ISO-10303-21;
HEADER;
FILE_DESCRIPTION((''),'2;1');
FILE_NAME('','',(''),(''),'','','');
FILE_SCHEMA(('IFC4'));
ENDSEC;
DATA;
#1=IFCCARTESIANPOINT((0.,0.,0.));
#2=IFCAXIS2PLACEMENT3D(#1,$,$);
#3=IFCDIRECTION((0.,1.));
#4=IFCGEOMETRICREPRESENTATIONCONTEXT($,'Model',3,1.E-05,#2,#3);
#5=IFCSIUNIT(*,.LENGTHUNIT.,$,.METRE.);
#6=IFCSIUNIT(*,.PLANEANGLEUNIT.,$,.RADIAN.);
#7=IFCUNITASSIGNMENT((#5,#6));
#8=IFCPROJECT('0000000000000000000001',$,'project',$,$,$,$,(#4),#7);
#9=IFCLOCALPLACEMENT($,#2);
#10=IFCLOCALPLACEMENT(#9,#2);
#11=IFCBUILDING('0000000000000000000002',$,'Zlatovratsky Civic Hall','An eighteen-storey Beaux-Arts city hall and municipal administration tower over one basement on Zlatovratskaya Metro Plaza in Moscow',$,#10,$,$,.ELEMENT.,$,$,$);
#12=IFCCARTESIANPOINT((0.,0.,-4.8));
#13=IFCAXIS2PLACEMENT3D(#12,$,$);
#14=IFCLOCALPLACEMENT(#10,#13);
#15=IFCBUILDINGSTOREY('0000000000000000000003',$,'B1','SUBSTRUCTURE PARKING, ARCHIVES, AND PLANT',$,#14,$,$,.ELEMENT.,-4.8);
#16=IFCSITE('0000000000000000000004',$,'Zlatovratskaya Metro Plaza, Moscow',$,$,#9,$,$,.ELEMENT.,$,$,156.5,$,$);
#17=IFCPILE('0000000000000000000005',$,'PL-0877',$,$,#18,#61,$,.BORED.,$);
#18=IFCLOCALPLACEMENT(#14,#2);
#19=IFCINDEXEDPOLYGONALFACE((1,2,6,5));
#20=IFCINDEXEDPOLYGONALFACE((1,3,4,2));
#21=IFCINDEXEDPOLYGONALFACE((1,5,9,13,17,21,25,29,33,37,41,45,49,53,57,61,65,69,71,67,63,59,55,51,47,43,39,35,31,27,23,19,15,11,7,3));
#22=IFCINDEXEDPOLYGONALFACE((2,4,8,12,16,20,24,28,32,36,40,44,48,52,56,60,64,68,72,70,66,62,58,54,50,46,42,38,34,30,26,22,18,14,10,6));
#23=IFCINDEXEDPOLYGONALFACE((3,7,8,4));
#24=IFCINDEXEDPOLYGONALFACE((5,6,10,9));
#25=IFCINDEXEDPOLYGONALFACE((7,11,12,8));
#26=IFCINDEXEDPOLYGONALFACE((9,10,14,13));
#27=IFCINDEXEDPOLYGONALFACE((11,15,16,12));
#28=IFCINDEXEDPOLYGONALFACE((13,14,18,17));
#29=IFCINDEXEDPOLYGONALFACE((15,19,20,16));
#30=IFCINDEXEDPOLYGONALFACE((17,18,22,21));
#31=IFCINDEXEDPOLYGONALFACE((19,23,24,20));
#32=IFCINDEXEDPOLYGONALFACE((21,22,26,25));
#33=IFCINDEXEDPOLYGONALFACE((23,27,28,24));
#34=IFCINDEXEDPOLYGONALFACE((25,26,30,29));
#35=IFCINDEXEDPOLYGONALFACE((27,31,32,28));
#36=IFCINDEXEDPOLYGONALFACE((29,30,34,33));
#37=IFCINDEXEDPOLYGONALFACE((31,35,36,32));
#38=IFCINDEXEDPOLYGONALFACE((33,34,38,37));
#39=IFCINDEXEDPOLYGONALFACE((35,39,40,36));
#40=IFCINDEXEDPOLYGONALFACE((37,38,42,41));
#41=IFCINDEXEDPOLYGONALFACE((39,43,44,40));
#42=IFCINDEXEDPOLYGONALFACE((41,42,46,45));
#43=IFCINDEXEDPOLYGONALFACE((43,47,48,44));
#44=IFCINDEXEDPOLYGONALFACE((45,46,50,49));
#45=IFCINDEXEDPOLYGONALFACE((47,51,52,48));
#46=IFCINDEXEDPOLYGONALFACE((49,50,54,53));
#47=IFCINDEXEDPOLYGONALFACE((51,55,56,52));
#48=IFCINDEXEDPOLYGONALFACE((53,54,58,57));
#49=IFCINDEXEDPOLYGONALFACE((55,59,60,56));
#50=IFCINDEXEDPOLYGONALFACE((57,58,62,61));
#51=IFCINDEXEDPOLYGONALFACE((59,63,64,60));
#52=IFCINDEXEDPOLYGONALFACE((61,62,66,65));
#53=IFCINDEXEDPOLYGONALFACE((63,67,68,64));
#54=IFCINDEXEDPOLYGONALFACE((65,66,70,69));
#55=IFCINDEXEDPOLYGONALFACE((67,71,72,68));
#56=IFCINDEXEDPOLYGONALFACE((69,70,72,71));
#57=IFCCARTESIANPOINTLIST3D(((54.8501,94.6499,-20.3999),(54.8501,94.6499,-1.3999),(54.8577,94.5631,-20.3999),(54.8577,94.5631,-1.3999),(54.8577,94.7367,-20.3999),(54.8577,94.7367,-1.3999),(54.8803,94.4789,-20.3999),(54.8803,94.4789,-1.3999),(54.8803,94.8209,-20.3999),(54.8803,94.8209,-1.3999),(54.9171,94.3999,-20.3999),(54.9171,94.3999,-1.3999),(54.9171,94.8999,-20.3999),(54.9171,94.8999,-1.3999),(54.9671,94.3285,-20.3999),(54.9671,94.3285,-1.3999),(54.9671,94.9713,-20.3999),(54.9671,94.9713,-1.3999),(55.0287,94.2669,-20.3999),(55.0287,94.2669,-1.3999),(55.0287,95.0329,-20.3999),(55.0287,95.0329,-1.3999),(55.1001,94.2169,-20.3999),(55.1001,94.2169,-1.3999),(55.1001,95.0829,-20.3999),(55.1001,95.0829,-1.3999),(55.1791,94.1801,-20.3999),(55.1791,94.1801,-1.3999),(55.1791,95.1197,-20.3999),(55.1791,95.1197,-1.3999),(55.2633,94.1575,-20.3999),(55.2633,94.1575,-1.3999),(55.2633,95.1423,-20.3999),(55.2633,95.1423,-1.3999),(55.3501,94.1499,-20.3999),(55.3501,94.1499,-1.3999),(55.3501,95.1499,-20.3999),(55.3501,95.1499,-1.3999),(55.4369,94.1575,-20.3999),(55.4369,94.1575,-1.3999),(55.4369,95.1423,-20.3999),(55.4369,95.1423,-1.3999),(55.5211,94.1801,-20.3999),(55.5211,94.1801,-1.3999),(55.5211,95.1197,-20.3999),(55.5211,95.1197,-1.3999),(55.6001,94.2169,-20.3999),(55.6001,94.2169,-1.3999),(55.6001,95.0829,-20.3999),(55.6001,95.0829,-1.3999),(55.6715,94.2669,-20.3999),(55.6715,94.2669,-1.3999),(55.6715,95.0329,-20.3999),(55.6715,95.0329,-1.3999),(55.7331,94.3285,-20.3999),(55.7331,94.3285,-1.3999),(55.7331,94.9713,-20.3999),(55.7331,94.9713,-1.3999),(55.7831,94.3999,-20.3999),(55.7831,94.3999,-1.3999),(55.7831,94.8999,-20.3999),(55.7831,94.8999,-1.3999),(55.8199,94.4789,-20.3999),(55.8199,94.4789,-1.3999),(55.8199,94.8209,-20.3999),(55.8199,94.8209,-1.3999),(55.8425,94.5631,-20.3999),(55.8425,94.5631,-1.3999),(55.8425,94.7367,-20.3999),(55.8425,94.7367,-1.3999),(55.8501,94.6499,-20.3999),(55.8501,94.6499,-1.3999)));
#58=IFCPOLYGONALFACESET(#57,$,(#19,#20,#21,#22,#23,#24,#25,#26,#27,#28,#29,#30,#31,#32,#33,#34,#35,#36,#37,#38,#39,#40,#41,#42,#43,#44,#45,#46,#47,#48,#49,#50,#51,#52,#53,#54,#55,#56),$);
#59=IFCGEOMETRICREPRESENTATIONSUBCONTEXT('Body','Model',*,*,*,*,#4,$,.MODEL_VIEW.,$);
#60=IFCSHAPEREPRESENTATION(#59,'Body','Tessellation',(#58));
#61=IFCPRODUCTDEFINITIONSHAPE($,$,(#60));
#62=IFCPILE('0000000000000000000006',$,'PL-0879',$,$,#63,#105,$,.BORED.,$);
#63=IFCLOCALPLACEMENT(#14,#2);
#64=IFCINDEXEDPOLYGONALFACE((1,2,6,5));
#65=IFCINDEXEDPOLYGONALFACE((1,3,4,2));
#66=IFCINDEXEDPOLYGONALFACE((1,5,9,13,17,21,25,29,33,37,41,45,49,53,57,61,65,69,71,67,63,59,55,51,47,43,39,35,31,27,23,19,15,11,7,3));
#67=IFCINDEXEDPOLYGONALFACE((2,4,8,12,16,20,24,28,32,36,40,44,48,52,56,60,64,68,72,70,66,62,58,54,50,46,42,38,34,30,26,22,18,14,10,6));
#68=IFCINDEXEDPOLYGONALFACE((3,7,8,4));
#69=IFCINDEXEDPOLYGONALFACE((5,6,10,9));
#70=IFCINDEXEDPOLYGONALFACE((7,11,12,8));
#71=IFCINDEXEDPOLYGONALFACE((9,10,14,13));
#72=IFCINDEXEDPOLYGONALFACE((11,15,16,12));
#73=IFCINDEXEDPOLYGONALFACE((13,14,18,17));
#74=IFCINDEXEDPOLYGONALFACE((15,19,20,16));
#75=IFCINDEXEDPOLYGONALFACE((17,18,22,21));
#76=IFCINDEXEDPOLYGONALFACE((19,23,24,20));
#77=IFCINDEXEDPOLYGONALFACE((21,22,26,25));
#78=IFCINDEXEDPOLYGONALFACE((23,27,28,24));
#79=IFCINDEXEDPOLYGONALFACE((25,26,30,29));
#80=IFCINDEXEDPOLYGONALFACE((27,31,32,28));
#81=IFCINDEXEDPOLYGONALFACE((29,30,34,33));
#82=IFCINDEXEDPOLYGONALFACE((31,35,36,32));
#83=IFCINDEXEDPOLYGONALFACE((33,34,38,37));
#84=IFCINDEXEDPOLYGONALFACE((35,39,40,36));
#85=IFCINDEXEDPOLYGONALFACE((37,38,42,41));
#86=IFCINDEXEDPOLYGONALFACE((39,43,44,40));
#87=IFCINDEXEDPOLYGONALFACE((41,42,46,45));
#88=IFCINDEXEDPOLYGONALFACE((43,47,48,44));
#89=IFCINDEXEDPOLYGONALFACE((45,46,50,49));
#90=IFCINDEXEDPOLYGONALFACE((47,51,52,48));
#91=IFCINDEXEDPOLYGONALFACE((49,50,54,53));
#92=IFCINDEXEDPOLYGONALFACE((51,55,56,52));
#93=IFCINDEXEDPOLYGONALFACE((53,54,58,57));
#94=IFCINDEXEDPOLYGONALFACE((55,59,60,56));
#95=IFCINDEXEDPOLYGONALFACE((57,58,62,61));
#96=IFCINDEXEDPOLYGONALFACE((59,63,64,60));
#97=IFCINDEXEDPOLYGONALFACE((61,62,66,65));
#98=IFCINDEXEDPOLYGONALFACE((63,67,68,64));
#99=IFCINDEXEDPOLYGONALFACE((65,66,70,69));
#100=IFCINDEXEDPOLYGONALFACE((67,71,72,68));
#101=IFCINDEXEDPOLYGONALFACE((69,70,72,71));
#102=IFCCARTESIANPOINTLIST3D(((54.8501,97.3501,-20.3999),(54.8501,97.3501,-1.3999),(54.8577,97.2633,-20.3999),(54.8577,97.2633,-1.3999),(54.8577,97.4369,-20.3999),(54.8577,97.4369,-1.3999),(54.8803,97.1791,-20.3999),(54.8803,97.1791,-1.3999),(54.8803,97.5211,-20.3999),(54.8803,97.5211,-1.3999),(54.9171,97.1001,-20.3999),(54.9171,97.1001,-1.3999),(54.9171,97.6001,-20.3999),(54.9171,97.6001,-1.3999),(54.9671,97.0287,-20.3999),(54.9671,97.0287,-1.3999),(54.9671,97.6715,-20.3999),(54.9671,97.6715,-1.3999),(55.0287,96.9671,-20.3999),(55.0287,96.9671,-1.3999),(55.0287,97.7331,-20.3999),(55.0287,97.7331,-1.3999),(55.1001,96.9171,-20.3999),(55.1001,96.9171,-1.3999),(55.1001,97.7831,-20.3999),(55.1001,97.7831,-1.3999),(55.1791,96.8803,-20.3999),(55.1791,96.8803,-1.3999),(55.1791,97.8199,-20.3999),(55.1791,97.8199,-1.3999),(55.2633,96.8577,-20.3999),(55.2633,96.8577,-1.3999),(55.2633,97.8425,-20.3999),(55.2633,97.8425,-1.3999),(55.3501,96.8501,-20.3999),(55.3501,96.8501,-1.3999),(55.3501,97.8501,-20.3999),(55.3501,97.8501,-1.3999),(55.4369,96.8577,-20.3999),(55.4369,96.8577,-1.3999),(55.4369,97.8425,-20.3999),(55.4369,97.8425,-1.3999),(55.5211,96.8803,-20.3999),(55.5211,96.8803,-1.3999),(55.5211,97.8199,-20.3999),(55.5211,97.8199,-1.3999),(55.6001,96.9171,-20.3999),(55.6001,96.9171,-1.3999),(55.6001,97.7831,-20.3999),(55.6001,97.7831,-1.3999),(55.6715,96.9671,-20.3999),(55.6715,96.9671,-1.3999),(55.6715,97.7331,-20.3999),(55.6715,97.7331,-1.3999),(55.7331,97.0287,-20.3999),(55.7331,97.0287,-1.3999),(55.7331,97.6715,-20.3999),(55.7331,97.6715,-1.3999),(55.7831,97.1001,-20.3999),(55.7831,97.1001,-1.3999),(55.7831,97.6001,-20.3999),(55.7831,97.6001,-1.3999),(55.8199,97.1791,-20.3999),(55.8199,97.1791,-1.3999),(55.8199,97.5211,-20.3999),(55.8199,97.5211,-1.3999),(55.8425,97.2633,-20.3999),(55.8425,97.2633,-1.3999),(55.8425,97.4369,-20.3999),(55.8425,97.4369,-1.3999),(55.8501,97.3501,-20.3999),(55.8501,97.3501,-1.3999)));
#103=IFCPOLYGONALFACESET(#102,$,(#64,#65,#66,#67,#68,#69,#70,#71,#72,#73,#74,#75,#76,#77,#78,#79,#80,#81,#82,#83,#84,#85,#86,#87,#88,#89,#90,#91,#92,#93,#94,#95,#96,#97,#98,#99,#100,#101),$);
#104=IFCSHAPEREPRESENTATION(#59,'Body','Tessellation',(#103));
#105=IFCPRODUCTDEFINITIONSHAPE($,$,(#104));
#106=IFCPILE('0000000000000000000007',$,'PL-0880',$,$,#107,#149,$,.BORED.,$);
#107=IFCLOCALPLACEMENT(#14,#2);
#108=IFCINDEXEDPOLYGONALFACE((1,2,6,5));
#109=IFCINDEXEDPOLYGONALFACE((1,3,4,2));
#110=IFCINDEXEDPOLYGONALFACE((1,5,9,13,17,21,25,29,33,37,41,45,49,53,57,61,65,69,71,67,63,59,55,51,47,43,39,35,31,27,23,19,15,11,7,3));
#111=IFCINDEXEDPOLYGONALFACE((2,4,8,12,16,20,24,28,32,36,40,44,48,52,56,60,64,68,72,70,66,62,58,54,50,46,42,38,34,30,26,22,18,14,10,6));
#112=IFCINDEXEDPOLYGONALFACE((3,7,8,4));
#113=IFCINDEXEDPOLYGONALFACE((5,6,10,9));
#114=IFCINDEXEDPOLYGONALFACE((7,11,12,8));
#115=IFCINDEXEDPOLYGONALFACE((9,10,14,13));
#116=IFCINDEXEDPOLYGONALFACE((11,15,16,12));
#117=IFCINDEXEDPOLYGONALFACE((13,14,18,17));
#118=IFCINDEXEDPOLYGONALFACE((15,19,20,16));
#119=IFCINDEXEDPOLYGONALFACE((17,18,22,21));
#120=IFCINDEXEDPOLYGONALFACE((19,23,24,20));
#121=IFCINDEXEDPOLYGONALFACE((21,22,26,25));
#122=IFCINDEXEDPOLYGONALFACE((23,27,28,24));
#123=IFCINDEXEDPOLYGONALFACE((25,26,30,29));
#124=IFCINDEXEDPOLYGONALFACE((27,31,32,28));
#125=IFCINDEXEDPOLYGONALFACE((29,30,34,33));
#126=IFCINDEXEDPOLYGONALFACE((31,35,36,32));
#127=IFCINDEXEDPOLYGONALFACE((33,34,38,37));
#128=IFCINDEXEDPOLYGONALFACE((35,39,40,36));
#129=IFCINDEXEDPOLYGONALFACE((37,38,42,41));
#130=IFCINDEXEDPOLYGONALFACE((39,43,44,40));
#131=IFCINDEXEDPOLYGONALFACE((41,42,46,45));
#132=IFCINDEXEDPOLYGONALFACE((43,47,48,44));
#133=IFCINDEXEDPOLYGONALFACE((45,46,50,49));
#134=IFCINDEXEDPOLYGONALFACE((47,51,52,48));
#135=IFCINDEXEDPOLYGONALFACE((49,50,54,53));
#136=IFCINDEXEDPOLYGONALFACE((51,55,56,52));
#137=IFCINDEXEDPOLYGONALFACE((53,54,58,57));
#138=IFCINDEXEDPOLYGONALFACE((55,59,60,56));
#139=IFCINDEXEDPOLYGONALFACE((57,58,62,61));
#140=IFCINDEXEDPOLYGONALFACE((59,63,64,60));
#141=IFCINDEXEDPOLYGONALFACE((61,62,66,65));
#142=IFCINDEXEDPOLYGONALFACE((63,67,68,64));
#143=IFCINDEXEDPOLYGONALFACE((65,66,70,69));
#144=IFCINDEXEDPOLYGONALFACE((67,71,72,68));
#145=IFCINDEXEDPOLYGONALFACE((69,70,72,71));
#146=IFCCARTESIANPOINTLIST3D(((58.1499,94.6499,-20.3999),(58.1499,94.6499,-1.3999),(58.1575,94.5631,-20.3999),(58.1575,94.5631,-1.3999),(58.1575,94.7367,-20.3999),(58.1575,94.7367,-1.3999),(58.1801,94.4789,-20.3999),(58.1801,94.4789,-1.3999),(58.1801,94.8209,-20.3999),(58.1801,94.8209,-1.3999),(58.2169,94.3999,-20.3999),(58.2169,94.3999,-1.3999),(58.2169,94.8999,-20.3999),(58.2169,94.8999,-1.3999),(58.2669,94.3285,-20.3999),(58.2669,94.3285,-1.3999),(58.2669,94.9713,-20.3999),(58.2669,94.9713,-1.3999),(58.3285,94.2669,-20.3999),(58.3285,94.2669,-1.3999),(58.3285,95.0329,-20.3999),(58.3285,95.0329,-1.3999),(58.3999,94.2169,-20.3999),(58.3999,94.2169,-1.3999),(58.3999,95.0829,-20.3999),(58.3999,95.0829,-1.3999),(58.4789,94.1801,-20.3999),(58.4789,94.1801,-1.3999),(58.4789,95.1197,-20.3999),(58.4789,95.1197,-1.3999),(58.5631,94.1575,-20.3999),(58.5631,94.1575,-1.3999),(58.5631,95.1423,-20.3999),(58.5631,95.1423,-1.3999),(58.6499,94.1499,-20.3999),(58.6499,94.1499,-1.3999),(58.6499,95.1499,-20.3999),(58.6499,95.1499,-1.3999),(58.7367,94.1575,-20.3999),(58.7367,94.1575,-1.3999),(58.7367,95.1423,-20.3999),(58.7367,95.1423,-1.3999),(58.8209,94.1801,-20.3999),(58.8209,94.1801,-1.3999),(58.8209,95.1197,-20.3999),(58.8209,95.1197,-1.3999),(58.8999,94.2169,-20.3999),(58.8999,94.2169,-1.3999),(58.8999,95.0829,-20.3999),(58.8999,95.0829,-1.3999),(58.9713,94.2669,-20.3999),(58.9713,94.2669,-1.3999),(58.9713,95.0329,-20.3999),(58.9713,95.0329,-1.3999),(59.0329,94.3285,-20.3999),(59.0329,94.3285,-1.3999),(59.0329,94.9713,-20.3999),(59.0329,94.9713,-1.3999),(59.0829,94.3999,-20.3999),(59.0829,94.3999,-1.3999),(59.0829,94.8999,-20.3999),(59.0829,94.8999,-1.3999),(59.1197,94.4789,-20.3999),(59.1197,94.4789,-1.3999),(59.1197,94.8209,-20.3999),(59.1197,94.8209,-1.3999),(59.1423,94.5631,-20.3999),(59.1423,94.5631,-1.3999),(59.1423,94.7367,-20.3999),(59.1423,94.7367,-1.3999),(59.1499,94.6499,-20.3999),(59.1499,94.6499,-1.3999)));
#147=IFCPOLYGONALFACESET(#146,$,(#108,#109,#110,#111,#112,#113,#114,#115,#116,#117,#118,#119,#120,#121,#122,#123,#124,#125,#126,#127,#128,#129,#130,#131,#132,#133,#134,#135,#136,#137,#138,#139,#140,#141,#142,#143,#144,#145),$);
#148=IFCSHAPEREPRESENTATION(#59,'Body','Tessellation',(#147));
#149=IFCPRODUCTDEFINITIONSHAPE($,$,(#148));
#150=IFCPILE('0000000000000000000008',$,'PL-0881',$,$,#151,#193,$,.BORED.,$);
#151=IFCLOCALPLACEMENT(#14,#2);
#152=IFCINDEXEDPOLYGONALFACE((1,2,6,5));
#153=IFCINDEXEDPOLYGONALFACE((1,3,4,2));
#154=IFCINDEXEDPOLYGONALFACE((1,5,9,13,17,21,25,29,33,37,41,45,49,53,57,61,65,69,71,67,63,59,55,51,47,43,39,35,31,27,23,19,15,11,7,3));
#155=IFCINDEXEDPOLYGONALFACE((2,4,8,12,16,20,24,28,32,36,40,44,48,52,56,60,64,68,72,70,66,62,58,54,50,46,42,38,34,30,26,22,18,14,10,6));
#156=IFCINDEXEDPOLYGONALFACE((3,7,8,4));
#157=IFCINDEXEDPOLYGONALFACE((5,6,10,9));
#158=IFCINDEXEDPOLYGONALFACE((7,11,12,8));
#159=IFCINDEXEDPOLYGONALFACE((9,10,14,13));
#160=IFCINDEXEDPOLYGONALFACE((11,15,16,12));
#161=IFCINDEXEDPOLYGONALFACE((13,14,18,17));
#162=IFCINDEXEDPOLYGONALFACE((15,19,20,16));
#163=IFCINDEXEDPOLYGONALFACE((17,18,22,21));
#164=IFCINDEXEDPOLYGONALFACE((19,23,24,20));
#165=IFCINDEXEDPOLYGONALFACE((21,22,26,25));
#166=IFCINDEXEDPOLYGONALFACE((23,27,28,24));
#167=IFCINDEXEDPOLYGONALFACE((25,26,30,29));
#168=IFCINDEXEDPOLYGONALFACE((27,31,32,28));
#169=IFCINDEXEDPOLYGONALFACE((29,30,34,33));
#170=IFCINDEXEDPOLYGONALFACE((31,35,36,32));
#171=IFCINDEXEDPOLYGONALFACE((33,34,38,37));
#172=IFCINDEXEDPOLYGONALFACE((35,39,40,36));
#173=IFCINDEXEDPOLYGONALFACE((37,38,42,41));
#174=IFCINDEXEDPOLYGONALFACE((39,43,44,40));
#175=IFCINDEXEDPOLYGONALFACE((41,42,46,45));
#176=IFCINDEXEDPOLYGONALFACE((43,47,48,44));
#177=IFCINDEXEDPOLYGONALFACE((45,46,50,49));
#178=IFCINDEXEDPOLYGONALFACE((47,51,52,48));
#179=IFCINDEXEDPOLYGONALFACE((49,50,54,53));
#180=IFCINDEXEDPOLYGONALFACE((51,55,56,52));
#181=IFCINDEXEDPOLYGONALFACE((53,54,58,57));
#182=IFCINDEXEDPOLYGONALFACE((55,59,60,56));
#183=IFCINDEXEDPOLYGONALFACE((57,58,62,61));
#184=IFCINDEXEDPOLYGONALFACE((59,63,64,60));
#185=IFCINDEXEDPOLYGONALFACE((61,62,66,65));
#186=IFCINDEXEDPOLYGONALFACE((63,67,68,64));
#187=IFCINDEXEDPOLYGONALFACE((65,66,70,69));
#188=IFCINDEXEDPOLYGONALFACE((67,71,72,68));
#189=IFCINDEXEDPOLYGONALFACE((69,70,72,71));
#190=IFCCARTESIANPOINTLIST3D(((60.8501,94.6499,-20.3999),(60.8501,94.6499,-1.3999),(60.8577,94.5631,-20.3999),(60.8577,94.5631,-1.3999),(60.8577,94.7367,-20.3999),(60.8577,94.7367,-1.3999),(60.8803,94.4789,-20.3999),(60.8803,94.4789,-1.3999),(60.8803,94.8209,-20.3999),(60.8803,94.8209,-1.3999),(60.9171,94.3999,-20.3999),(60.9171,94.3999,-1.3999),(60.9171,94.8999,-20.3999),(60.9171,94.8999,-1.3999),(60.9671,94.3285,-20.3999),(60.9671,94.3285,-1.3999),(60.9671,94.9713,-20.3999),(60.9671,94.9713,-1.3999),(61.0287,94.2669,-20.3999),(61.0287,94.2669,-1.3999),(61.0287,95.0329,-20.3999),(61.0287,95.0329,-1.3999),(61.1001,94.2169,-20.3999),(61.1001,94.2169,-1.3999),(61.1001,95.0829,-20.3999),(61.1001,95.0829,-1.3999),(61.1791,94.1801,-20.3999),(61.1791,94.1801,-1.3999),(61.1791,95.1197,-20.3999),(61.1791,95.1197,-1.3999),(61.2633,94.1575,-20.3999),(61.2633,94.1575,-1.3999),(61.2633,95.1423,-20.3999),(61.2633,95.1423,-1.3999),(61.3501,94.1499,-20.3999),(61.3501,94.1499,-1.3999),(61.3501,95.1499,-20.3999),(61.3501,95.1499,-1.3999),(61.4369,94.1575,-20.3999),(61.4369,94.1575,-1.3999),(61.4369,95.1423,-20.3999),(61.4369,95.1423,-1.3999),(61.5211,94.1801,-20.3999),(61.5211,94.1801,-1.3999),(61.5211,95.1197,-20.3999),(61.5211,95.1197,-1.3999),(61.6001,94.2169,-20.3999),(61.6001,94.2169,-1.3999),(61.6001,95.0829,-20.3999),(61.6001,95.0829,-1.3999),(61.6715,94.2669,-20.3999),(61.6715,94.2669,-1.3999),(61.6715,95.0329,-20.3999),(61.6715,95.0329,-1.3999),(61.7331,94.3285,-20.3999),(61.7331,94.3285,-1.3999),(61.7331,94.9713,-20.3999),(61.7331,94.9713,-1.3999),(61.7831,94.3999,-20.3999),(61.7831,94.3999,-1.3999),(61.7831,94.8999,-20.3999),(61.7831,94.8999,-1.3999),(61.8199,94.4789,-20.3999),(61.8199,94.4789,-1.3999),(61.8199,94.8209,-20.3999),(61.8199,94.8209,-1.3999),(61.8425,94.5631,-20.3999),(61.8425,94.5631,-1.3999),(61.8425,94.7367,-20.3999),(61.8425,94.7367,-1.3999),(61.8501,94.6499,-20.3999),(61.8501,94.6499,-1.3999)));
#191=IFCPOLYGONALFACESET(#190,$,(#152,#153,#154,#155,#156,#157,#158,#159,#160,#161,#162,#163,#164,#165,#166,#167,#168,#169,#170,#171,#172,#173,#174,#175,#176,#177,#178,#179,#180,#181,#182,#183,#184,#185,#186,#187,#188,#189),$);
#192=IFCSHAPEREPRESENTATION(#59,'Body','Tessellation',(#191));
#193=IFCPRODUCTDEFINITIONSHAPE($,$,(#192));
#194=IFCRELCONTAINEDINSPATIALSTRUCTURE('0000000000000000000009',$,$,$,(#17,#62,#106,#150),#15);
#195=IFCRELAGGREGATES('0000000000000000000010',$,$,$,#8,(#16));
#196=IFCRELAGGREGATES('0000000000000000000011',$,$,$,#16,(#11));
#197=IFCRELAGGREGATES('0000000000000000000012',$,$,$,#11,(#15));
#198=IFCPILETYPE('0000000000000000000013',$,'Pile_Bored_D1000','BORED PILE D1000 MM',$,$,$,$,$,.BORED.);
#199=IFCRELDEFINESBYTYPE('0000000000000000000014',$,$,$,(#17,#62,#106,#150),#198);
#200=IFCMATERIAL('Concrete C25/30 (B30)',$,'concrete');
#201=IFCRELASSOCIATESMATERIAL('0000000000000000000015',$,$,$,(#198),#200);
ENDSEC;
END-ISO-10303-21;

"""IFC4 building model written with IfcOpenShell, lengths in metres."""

from ifc_helpers import new_model, si_unit, direction, frame, origin, origin_2d, place, context, subcontext, project, spatial, circle, extrude, material, material_profile, profile_set, type_object, element, save


model = new_model("IFC4")

# Units and contexts
model_context = context("Model", 3, precision=1e-05, world=origin(), true_north=direction((0.0, 1.0)))
body_context = subcontext(model_context, "Body", "Model", "MODEL_VIEW")
ifc_project = project(units=[si_unit("LENGTHUNIT", "METRE"), si_unit("PLANEANGLEUNIT", "RADIAN")], contexts=[model_context])

# Site, building, storey
site_placement = place(None, origin())
site = spatial("IfcSite", under=ifc_project, at=site_placement, Name="Zlatovratskaya Metro Plaza, Moscow", CompositionType="ELEMENT", RefElevation=156.5)
building_placement = place(site_placement, origin())
building = spatial("IfcBuilding", under=site, at=building_placement, Name="Zlatovratsky Civic Hall", Description="An eighteen-storey Beaux-Arts city hall and municipal administration tower over one basement on Zlatovratskaya Metro Plaza in Moscow", CompositionType="ELEMENT")
storey_placement = place(building_placement, frame((0.0, 0.0, -4.8)))
storey = spatial("IfcBuildingStorey", under=building, at=storey_placement, Name="B1", Description="SUBSTRUCTURE PARKING, ARCHIVES, AND PLANT", CompositionType="ELEMENT", Elevation=-4.8)

# Shared definitions
ifc_material_1 = material(Name="Concrete C25/30 (B30)", Category="concrete")

# Piles
ifc_material_profile_1 = material_profile(ifc_material_1, circle(Radius=0.5, at=origin_2d()), Name="PILE D1000")
ifc_profile_set_1 = profile_set([ifc_material_profile_1], Name="Concrete C25/30 (B30)")
pile_type = type_object("IfcPileType", Name="Pile_Bored_D1000", Description="BORED PILE D1000 MM", PredefinedType="BORED", material=ifc_profile_set_1)
for number, where, z_axis, x_axis, name in (
    (1, (55.3501, 94.6499, -1.3999), (0.0, 0.0, -1.0), (1.0, 0.0, 0.0), "PL-0877"),
    (2, (55.3501, 97.3501, -1.3999), (0.0, 0.0, -1.0), (1.0, 0.0, 0.0), "PL-0879"),
    (3, (58.6499, 94.6499, -1.3999), (0.0, 0.0, -1.0), (1.0, 0.0, 0.0), "PL-0880"),
    (4, (61.3501, 94.6499, -1.3999), (0.0, 0.0, -1.0), (1.0, 0.0, 0.0), "PL-0881"),
):
    element("IfcPile", number, at=place(storey_placement, frame(where, z_axis=z_axis, x_axis=x_axis)), inside=storey, type_object=pile_type, Name=name, PredefinedType="BORED", context=body_context, shape_type="SweptSolid", body=[
        extrude(circle(Radius=0.5, at=origin_2d()), origin(), (0.0, 0.0, 1.0), 19.0),
    ])

save(model, "model.ifc")
